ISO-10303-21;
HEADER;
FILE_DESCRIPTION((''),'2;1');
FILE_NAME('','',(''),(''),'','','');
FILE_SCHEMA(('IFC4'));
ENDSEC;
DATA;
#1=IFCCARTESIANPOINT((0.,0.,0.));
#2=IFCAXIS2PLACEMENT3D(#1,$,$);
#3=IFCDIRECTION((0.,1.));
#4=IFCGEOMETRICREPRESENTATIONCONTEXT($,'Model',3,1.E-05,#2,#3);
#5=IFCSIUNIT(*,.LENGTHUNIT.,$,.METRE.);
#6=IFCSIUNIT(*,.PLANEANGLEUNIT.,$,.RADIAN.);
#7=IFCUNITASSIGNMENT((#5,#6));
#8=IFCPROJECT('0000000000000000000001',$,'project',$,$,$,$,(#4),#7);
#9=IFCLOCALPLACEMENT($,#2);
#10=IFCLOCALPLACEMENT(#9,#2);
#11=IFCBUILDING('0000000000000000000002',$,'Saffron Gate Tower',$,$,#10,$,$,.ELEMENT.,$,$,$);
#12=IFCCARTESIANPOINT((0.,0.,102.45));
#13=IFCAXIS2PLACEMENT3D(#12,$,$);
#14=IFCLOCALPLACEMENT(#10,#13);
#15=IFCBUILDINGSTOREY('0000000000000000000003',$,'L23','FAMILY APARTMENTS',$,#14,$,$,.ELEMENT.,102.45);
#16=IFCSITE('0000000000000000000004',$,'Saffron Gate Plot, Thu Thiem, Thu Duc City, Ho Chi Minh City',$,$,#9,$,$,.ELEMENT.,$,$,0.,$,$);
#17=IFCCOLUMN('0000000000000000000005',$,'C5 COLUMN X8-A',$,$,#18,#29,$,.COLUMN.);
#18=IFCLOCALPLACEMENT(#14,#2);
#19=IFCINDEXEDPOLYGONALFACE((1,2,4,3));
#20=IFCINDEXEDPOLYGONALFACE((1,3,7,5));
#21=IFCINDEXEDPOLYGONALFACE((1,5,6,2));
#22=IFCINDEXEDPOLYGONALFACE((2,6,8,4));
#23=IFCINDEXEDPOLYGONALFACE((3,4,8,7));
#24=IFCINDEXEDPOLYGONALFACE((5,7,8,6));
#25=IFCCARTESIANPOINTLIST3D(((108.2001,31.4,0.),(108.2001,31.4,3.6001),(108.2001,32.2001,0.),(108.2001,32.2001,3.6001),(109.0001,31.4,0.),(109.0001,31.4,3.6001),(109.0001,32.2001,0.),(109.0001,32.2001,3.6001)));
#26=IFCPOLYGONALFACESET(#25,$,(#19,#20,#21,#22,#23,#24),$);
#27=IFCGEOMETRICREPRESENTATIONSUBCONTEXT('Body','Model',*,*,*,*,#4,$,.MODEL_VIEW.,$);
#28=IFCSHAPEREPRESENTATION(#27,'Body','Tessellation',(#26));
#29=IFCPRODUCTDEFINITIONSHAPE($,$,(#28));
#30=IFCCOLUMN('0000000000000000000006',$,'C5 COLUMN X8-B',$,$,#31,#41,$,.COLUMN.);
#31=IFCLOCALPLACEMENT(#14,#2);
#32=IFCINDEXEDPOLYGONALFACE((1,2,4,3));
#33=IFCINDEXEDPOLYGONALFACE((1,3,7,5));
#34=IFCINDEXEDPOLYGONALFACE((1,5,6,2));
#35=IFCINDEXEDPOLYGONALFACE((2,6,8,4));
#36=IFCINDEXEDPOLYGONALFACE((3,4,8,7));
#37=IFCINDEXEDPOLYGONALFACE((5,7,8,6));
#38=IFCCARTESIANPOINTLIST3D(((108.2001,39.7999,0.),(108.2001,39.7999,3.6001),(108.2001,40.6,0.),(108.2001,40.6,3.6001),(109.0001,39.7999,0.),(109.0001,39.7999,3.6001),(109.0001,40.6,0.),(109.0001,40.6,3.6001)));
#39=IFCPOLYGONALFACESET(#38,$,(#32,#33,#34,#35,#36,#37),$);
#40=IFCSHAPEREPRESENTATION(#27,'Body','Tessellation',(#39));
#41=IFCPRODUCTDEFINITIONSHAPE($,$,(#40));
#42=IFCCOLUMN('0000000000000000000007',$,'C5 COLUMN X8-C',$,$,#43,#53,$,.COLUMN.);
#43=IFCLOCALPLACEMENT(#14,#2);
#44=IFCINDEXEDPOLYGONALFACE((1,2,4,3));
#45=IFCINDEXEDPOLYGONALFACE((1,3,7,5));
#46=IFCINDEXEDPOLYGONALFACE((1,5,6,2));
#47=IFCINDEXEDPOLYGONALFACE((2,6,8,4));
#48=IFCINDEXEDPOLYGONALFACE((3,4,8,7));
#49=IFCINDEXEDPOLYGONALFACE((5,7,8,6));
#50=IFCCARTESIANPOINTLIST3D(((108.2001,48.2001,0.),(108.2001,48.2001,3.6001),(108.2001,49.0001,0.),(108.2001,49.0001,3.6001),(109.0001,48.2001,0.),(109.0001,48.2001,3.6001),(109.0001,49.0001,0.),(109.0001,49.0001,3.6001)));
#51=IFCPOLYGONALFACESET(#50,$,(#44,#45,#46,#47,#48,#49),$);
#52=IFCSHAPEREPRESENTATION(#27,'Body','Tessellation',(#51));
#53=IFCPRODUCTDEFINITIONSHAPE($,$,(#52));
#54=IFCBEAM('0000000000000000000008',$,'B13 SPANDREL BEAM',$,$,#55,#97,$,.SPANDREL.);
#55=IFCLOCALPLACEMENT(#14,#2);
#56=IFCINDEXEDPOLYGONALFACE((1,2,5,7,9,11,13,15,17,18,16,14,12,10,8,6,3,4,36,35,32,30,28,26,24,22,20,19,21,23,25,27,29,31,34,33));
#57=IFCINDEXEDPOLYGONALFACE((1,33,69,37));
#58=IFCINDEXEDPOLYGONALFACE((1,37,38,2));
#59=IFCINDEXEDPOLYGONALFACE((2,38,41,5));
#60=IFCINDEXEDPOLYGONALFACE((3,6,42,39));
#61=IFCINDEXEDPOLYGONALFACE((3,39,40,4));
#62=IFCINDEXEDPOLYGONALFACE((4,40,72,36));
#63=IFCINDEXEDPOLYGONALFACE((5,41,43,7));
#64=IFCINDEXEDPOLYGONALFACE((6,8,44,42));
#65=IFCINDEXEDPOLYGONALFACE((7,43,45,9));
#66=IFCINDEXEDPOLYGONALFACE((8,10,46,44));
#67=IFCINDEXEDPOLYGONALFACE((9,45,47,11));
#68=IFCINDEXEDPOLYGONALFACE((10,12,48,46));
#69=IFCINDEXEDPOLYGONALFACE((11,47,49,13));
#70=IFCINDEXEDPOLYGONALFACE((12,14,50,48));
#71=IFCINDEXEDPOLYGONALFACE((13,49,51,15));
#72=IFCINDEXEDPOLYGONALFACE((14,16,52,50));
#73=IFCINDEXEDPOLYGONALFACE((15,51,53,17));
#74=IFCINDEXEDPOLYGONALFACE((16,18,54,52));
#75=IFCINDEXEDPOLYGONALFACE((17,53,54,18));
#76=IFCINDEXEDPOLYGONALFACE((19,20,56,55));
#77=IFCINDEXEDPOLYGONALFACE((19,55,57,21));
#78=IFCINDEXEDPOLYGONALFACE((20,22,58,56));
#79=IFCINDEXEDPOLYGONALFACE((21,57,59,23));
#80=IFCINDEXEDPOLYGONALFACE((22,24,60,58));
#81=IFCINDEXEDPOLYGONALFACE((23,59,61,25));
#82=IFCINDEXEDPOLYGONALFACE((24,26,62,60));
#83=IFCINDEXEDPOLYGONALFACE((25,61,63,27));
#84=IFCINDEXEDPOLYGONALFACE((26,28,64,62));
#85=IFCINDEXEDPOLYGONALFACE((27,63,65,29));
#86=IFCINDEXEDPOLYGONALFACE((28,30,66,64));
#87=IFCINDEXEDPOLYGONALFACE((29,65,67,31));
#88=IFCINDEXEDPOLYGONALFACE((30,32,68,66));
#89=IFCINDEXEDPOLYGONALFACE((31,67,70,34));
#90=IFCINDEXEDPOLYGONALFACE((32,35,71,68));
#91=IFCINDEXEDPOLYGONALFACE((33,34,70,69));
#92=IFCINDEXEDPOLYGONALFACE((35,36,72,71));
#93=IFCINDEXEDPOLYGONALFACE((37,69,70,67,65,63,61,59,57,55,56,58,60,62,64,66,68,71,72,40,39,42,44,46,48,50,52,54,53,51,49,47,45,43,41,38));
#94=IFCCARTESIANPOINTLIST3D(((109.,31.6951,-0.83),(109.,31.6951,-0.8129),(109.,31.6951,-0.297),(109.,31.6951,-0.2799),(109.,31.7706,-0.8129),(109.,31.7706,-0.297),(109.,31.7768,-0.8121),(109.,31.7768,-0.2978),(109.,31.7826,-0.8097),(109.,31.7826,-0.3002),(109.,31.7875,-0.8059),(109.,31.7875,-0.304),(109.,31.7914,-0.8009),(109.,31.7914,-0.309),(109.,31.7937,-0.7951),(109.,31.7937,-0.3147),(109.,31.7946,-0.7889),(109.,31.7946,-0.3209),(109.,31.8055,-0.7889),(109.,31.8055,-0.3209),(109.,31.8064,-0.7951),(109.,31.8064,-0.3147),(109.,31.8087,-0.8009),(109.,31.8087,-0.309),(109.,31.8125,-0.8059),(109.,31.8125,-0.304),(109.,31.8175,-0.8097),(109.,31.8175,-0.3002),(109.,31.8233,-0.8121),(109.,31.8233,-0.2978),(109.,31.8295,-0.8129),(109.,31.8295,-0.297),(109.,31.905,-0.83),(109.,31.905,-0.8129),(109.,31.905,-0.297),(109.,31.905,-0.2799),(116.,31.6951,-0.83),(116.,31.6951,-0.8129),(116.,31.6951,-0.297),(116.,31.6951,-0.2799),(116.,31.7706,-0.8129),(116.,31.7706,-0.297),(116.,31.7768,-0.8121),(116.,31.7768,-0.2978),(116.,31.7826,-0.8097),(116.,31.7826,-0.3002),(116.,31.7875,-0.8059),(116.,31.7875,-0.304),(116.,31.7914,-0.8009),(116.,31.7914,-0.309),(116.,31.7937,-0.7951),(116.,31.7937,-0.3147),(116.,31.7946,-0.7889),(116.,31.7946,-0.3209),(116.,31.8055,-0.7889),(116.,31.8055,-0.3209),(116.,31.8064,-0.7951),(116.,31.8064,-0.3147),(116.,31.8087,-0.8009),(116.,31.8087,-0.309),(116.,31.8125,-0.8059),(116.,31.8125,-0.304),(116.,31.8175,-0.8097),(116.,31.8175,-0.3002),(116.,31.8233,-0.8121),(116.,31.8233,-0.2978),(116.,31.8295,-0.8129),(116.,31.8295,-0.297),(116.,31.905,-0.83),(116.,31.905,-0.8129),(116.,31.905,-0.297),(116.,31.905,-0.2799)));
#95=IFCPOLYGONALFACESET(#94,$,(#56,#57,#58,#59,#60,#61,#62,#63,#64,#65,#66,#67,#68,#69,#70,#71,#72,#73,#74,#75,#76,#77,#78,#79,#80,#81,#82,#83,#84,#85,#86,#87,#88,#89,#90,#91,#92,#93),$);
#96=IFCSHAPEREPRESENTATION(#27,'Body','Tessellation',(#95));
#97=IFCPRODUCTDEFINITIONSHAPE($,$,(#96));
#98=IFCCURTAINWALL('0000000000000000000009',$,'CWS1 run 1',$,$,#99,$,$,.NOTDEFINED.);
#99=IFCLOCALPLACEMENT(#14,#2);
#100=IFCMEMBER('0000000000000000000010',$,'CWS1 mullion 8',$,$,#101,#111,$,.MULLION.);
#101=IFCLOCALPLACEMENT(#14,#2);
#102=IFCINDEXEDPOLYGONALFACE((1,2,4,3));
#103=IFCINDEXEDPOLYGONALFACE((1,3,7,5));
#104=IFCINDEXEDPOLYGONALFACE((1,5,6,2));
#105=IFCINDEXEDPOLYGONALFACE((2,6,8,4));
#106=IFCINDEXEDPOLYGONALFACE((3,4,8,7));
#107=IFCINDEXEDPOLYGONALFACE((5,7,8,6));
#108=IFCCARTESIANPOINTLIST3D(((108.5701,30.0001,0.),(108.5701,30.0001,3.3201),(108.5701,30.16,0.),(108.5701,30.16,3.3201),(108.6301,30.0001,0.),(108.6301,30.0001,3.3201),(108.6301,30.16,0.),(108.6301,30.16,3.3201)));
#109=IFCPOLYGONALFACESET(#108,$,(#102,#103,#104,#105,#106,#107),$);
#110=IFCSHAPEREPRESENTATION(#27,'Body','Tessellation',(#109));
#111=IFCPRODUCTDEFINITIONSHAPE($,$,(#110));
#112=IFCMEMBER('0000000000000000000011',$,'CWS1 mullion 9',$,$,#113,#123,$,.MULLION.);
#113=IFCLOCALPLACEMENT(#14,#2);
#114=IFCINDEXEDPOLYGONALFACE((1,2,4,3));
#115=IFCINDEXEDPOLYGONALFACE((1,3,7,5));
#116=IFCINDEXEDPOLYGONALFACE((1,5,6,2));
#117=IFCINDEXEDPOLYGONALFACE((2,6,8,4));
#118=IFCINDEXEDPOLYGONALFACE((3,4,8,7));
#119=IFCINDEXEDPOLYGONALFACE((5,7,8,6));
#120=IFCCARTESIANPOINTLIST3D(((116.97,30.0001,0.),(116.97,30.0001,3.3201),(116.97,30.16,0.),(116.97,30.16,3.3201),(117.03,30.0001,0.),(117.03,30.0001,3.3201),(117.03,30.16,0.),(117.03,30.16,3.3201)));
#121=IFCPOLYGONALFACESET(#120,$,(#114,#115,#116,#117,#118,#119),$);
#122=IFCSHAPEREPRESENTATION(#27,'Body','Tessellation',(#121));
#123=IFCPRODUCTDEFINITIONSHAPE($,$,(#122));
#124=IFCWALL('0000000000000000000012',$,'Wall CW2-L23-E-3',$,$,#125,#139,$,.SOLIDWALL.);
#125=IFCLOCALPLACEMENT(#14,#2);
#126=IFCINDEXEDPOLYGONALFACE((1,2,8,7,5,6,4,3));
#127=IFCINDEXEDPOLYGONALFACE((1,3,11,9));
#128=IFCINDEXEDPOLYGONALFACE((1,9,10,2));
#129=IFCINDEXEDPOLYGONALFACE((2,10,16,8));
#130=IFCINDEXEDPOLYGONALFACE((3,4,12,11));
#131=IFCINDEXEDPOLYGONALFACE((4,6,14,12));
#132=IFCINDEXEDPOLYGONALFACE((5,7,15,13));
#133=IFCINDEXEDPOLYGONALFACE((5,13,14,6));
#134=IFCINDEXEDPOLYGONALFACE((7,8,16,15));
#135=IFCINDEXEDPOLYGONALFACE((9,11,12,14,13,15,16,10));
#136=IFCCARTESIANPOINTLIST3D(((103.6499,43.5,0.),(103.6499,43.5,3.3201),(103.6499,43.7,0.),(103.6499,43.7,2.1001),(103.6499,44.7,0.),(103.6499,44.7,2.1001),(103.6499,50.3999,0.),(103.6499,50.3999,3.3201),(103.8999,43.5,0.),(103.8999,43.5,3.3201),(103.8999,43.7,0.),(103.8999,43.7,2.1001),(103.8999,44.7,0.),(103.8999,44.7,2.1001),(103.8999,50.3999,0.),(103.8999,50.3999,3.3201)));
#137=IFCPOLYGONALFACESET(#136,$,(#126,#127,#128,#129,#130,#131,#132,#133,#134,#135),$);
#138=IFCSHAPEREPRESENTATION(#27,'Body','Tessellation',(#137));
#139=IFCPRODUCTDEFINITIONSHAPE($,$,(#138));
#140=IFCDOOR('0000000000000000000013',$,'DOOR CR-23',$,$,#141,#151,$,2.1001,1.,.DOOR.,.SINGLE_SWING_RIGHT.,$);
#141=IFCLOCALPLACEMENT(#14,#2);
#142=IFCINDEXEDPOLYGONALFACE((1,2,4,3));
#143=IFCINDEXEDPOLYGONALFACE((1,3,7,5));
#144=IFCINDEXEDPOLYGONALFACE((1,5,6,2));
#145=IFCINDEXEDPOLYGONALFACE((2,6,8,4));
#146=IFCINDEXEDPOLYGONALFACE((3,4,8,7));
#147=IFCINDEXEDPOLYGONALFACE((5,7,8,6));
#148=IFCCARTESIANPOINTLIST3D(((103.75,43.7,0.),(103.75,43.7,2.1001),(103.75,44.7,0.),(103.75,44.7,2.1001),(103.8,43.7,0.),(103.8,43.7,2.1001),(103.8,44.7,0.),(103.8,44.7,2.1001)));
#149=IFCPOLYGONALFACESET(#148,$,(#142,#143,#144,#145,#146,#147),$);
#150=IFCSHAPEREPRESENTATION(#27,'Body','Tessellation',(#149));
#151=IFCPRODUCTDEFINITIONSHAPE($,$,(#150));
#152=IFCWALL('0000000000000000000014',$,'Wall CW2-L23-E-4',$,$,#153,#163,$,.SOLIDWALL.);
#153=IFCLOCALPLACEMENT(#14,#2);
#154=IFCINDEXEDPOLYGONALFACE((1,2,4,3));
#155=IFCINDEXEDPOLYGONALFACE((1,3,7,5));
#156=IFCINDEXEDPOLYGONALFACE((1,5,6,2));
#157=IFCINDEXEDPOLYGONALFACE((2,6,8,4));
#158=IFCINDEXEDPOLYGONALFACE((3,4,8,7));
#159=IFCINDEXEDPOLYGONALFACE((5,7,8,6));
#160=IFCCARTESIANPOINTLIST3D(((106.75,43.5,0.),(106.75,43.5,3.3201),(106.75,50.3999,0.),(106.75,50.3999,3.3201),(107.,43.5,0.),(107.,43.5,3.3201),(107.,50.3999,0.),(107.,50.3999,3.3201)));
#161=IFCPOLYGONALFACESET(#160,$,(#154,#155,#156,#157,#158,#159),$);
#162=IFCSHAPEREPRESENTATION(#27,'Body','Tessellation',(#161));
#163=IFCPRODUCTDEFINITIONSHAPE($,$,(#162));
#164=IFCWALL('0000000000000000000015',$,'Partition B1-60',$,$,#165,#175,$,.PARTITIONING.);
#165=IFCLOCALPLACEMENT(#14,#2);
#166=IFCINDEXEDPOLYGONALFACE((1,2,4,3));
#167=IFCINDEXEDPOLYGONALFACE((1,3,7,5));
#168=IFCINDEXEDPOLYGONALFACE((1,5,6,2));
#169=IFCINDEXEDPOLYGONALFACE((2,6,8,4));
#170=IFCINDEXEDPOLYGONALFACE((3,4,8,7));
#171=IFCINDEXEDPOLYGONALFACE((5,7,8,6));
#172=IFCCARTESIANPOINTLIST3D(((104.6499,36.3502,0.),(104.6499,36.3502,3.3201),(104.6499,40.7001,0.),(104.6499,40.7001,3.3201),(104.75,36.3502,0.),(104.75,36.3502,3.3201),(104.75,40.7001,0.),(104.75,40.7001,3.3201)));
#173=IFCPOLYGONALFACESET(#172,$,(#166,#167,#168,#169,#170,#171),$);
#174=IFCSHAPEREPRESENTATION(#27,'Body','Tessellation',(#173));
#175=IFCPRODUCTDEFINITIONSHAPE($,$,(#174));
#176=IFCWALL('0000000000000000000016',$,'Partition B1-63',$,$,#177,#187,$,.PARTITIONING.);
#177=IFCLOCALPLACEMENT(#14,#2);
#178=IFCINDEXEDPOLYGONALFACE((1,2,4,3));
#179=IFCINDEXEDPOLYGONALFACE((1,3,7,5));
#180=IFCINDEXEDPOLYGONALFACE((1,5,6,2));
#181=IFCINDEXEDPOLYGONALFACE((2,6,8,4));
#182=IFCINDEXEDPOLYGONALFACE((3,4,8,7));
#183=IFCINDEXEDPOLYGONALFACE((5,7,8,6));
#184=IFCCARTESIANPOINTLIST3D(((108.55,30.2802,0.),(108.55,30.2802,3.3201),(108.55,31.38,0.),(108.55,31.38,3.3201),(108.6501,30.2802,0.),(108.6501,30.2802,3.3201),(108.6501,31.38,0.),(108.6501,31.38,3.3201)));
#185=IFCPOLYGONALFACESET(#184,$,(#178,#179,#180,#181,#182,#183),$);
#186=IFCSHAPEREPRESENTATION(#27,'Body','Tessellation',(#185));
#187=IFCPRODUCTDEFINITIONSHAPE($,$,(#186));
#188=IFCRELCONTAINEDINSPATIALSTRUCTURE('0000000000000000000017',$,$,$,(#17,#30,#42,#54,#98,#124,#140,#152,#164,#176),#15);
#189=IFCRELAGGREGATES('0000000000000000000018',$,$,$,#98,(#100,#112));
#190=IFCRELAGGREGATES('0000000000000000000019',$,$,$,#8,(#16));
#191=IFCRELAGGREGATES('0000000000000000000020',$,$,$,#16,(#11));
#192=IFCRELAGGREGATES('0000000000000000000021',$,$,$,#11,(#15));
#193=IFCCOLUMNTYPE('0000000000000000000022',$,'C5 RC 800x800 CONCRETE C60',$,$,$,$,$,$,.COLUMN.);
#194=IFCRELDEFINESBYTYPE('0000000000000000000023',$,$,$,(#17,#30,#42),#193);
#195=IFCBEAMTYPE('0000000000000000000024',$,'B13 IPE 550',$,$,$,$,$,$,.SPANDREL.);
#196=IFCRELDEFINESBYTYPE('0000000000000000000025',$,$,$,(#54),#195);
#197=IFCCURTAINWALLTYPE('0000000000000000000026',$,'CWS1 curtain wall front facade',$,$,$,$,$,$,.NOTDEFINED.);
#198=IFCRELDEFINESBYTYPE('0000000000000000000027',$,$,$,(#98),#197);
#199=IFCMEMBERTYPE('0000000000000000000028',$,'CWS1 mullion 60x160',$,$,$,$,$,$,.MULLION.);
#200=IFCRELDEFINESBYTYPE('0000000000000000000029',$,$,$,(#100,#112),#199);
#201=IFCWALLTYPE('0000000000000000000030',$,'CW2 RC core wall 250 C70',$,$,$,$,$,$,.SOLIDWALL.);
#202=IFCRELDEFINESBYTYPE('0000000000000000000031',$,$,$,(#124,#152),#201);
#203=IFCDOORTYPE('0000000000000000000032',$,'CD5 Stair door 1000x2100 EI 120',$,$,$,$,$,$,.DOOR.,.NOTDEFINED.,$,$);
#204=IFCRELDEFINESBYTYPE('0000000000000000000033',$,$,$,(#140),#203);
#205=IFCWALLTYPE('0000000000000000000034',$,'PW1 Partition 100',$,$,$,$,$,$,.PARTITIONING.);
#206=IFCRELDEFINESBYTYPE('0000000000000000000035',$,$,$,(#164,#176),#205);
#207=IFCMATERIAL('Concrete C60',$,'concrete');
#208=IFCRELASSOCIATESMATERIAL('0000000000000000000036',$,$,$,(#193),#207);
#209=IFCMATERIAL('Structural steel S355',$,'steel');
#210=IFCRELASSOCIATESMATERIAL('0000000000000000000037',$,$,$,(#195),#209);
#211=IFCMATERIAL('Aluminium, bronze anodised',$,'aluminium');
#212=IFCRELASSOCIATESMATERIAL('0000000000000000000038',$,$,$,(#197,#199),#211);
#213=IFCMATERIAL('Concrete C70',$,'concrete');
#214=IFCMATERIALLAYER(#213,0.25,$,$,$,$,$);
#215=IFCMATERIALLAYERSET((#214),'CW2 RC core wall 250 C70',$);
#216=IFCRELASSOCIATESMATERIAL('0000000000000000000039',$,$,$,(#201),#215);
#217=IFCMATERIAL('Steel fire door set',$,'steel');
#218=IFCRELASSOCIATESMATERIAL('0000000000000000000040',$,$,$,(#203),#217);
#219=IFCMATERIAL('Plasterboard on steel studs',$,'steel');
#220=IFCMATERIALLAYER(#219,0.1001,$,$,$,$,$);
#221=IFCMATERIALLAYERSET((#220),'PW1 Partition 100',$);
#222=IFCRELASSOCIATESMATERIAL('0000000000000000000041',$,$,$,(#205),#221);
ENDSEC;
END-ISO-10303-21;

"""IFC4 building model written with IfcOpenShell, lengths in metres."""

from ifc_helpers import new_model, si_unit, direction, frame, frame_2d, origin, origin_2d, place, context, subcontext, project, spatial, rectangle, i_section, extrude, material, layer, layer_set, material_profile, profile_set, type_object, element, fill, aggregate, save


model = new_model("IFC4")

# Units and contexts
model_context = context("Model", 3, precision=1e-05, world=origin(), true_north=direction((0.0, 1.0)))
body_context = subcontext(model_context, "Body", "Model", "MODEL_VIEW")
ifc_project = project(units=[si_unit("LENGTHUNIT", "METRE"), si_unit("PLANEANGLEUNIT", "RADIAN")], contexts=[model_context])

# Site, building, storey
site_placement = place(None, origin())
site = spatial("IfcSite", under=ifc_project, at=site_placement, Name="Saffron Gate Plot, Thu Thiem, Thu Duc City, Ho Chi Minh City", CompositionType="ELEMENT", RefElevation=0.0)
building_placement = place(site_placement, origin())
building = spatial("IfcBuilding", under=site, at=building_placement, Name="Saffron Gate Tower", CompositionType="ELEMENT")
storey_placement = place(building_placement, frame((0.0, 0.0, 102.45)))
storey = spatial("IfcBuildingStorey", under=building, at=storey_placement, Name="L23", Description="FAMILY APARTMENTS", CompositionType="ELEMENT", Elevation=102.45)

# Columns
ifc_material_1 = material(Name="Concrete C60", Category="concrete")
ifc_material_profile_1 = material_profile(ifc_material_1, rectangle(XDim=0.8, YDim=0.8, at=origin_2d()))
ifc_profile_set_1 = profile_set([ifc_material_profile_1], Name="Concrete C60")
column_type = type_object("IfcColumnType", Name="C5 RC 800x800 CONCRETE C60", PredefinedType="COLUMN", material=ifc_profile_set_1)
for number, where, z_axis, x_axis, name in (
    (1, (108.6001, 31.8, 0.0), (0.0, 0.0, 1.0), (1.0, 0.0, 0.0), "C5 COLUMN X8-A"),
    (2, (108.6001, 40.2, 0.0), (0.0, 0.0, 1.0), (1.0, 0.0, 0.0), "C5 COLUMN X8-B"),
    (3, (108.6001, 48.6001, 0.0), (0.0, 0.0, 1.0), (1.0, 0.0, 0.0), "C5 COLUMN X8-C"),
):
    element("IfcColumn", number, at=place(storey_placement, frame(where, z_axis=z_axis, x_axis=x_axis)), inside=storey, type_object=column_type, Name=name, PredefinedType="COLUMN", context=body_context, shape_type="SweptSolid", body=[
        extrude(rectangle(XDim=0.8, YDim=0.8, at=origin_2d()), origin(), (0.0, 0.0, 1.0), 3.6001),
    ])

# Beam
ifc_material_2 = material(Name="Structural steel S355", Category="steel")
ifc_material_profile_2 = material_profile(ifc_material_2, i_section(OverallWidth=0.21, OverallDepth=0.55, WebThickness=0.011, FlangeThickness=0.0171, FilletRadius=0.0239, at=origin_2d()))
ifc_profile_set_2 = profile_set([ifc_material_profile_2], Name="Structural steel S355")
beam_type = type_object("IfcBeamType", Name="B13 IPE 550", PredefinedType="SPANDREL", material=ifc_profile_set_2)
beam_placement = place(storey_placement, frame((109.0, 31.8, -0.5549), z_axis=(1.0, 0.0, 0.0), x_axis=(0.0, 1.0, 0.0)))
element("IfcBeam", 4, at=beam_placement, inside=storey, type_object=beam_type, Name="B13 SPANDREL BEAM", PredefinedType="SPANDREL", context=body_context, shape_type="SweptSolid", body=[
    extrude(i_section(OverallWidth=0.21, OverallDepth=0.55, WebThickness=0.011, FlangeThickness=0.0171, FilletRadius=0.0239, at=origin_2d()), origin(), (0.0, 0.0, 1.0), 7.0),
])

# Curtain wall, members
ifc_material_3 = material(Name="Aluminium, bronze anodised", Category="aluminium")
curtain_wall_type = type_object("IfcCurtainWallType", Name="CWS1 curtain wall front facade", PredefinedType="NOTDEFINED", material=ifc_material_3)
curtain_wall_placement = place(storey_placement, origin())
curtain_wall = element("IfcCurtainWall", 5, at=curtain_wall_placement, inside=storey, type_object=curtain_wall_type, Name="CWS1 run 1", PredefinedType="NOTDEFINED")
ifc_material_profile_3 = material_profile(ifc_material_3, rectangle(XDim=0.1599, YDim=0.0601, at=origin_2d()))
ifc_profile_set_3 = profile_set([ifc_material_profile_3], Name="Aluminium, bronze anodised")
member_type = type_object("IfcMemberType", Name="CWS1 mullion 60x160", PredefinedType="MULLION", material=ifc_profile_set_3)
member_1_placement = place(storey_placement, frame((108.6001, 30.0801, 0.0), z_axis=(0.0, 0.0, 1.0), x_axis=(0.0, 1.0, 0.0)))
member_1 = element("IfcMember", 6, at=member_1_placement, type_object=member_type, Name="CWS1 mullion 8", PredefinedType="MULLION", context=body_context, shape_type="SweptSolid", body=[
    extrude(rectangle(XDim=0.1599, YDim=0.0601, at=origin_2d()), origin(), (0.0, 0.0, 1.0), 3.3201),
])
member_2_placement = place(storey_placement, frame((117.0, 30.0801, 0.0), z_axis=(0.0, 0.0, 1.0), x_axis=(0.0, 1.0, 0.0)))
member_2 = element("IfcMember", 7, at=member_2_placement, type_object=member_type, Name="CWS1 mullion 9", PredefinedType="MULLION", context=body_context, shape_type="SweptSolid", body=[
    extrude(rectangle(XDim=0.1599, YDim=0.0601, at=origin_2d()), origin(), (0.0, 0.0, 1.0), 3.3201),
])
aggregate(curtain_wall, [member_1, member_2])

# Wall, opening, door
ifc_material_4 = material(Name="Concrete C70", Category="concrete")
ifc_layer_1 = layer(ifc_material_4, 0.25)
ifc_layer_set_1 = layer_set([ifc_layer_1], Name="CW2 RC core wall 250 C70")
wall_type_1 = type_object("IfcWallType", Name="CW2 RC core wall 250 C70", PredefinedType="SOLIDWALL", material=ifc_layer_set_1)
wall_1_placement = place(storey_placement, frame((103.7749, 43.5, 0.0), z_axis=(0.0, 0.0, 1.0), x_axis=(0.0, 1.0, 0.0)))
wall_1 = element("IfcWall", 8, at=wall_1_placement, inside=storey, type_object=wall_type_1, Name="Wall CW2-L23-E-3", PredefinedType="SOLIDWALL", context=body_context, shape_type="SweptSolid", body=[
    extrude(rectangle(XDim=6.8999, YDim=0.25, at=frame_2d((3.45, 0.0))), origin(), (0.0, 0.0, 1.0), 3.3201),
])
opening_1_placement = place(wall_1_placement, frame((0.2, 0.0, 0.0)))
opening_1 = element("IfcOpeningElement", 9, at=opening_1_placement, cuts=wall_1, PredefinedType="OPENING", context=body_context, shape_type="SweptSolid", body=[
    extrude(rectangle(XDim=1.0, YDim=2.1001, at=frame_2d((0.5, 1.05))), frame((0.0, 0.135, 0.0), z_axis=(0.0, -1.0, 0.0), x_axis=(1.0, 0.0, 0.0)), (0.0, 0.0, 1.0), 0.27),
])
ifc_material_5 = material(Name="Steel fire door set", Category="steel")
door_type_1 = type_object("IfcDoorType", Name="CD5 Stair door 1000x2100 EI 120", OperationType="NOTDEFINED", PredefinedType="DOOR", material=ifc_material_5)
door_1_placement = place(opening_1_placement, origin())
door_1 = element("IfcDoor", 10, at=door_1_placement, inside=storey, type_object=door_type_1, Name="DOOR CR-23", OperationType="SINGLE_SWING_RIGHT", OverallHeight=2.1001, OverallWidth=1.0, PredefinedType="DOOR", context=body_context, shape_type="SweptSolid", body=[
    extrude(rectangle(XDim=1.0, YDim=2.1001, at=frame_2d((0.5, 1.05))), frame((0.0, 0.0249, 0.0), z_axis=(0.0, -1.0, 0.0), x_axis=(1.0, 0.0, 0.0)), (0.0, 0.0, 1.0), 0.05),
])
fill(opening_1, door_1)

# Walls
wall_2_placement = place(storey_placement, frame((106.875, 43.5, 0.0), z_axis=(0.0, 0.0, 1.0), x_axis=(0.0, 1.0, 0.0)))
element("IfcWall", 11, at=wall_2_placement, inside=storey, type_object=wall_type_1, Name="Wall CW2-L23-E-4", PredefinedType="SOLIDWALL", context=body_context, shape_type="SweptSolid", body=[
    extrude(rectangle(XDim=6.8999, YDim=0.25, at=frame_2d((3.45, 0.0))), origin(), (0.0, 0.0, 1.0), 3.3201),
])
ifc_material_6 = material(Name="Plasterboard on steel studs", Category="steel")
ifc_layer_2 = layer(ifc_material_6, 0.1001)
ifc_layer_set_2 = layer_set([ifc_layer_2], Name="PW1 Partition 100")
wall_type_2 = type_object("IfcWallType", Name="PW1 Partition 100", PredefinedType="PARTITIONING", material=ifc_layer_set_2)
wall_3_placement = place(storey_placement, frame((104.7, 40.7, 0.0), z_axis=(0.0, 0.0, 1.0), x_axis=(0.0, -1.0, 0.0)))
element("IfcWall", 12, at=wall_3_placement, inside=storey, type_object=wall_type_2, Name="Partition B1-60", PredefinedType="PARTITIONING", context=body_context, shape_type="SweptSolid", body=[
    extrude(rectangle(XDim=4.3499, YDim=0.1001, at=frame_2d((2.1748, 0.0))), origin(), (0.0, 0.0, 1.0), 3.3201),
])
wall_4_placement = place(storey_placement, frame((108.6001, 31.3799, 0.0), z_axis=(0.0, 0.0, 1.0), x_axis=(0.0, -1.0, 0.0)))
element("IfcWall", 13, at=wall_4_placement, inside=storey, type_object=wall_type_2, Name="Partition B1-63", PredefinedType="PARTITIONING", context=body_context, shape_type="SweptSolid", body=[
    extrude(rectangle(XDim=1.0999, YDim=0.1001, at=frame_2d((0.5498, 0.0))), origin(), (0.0, 0.0, 1.0), 3.3201),
])

save(model, "model.ifc")
